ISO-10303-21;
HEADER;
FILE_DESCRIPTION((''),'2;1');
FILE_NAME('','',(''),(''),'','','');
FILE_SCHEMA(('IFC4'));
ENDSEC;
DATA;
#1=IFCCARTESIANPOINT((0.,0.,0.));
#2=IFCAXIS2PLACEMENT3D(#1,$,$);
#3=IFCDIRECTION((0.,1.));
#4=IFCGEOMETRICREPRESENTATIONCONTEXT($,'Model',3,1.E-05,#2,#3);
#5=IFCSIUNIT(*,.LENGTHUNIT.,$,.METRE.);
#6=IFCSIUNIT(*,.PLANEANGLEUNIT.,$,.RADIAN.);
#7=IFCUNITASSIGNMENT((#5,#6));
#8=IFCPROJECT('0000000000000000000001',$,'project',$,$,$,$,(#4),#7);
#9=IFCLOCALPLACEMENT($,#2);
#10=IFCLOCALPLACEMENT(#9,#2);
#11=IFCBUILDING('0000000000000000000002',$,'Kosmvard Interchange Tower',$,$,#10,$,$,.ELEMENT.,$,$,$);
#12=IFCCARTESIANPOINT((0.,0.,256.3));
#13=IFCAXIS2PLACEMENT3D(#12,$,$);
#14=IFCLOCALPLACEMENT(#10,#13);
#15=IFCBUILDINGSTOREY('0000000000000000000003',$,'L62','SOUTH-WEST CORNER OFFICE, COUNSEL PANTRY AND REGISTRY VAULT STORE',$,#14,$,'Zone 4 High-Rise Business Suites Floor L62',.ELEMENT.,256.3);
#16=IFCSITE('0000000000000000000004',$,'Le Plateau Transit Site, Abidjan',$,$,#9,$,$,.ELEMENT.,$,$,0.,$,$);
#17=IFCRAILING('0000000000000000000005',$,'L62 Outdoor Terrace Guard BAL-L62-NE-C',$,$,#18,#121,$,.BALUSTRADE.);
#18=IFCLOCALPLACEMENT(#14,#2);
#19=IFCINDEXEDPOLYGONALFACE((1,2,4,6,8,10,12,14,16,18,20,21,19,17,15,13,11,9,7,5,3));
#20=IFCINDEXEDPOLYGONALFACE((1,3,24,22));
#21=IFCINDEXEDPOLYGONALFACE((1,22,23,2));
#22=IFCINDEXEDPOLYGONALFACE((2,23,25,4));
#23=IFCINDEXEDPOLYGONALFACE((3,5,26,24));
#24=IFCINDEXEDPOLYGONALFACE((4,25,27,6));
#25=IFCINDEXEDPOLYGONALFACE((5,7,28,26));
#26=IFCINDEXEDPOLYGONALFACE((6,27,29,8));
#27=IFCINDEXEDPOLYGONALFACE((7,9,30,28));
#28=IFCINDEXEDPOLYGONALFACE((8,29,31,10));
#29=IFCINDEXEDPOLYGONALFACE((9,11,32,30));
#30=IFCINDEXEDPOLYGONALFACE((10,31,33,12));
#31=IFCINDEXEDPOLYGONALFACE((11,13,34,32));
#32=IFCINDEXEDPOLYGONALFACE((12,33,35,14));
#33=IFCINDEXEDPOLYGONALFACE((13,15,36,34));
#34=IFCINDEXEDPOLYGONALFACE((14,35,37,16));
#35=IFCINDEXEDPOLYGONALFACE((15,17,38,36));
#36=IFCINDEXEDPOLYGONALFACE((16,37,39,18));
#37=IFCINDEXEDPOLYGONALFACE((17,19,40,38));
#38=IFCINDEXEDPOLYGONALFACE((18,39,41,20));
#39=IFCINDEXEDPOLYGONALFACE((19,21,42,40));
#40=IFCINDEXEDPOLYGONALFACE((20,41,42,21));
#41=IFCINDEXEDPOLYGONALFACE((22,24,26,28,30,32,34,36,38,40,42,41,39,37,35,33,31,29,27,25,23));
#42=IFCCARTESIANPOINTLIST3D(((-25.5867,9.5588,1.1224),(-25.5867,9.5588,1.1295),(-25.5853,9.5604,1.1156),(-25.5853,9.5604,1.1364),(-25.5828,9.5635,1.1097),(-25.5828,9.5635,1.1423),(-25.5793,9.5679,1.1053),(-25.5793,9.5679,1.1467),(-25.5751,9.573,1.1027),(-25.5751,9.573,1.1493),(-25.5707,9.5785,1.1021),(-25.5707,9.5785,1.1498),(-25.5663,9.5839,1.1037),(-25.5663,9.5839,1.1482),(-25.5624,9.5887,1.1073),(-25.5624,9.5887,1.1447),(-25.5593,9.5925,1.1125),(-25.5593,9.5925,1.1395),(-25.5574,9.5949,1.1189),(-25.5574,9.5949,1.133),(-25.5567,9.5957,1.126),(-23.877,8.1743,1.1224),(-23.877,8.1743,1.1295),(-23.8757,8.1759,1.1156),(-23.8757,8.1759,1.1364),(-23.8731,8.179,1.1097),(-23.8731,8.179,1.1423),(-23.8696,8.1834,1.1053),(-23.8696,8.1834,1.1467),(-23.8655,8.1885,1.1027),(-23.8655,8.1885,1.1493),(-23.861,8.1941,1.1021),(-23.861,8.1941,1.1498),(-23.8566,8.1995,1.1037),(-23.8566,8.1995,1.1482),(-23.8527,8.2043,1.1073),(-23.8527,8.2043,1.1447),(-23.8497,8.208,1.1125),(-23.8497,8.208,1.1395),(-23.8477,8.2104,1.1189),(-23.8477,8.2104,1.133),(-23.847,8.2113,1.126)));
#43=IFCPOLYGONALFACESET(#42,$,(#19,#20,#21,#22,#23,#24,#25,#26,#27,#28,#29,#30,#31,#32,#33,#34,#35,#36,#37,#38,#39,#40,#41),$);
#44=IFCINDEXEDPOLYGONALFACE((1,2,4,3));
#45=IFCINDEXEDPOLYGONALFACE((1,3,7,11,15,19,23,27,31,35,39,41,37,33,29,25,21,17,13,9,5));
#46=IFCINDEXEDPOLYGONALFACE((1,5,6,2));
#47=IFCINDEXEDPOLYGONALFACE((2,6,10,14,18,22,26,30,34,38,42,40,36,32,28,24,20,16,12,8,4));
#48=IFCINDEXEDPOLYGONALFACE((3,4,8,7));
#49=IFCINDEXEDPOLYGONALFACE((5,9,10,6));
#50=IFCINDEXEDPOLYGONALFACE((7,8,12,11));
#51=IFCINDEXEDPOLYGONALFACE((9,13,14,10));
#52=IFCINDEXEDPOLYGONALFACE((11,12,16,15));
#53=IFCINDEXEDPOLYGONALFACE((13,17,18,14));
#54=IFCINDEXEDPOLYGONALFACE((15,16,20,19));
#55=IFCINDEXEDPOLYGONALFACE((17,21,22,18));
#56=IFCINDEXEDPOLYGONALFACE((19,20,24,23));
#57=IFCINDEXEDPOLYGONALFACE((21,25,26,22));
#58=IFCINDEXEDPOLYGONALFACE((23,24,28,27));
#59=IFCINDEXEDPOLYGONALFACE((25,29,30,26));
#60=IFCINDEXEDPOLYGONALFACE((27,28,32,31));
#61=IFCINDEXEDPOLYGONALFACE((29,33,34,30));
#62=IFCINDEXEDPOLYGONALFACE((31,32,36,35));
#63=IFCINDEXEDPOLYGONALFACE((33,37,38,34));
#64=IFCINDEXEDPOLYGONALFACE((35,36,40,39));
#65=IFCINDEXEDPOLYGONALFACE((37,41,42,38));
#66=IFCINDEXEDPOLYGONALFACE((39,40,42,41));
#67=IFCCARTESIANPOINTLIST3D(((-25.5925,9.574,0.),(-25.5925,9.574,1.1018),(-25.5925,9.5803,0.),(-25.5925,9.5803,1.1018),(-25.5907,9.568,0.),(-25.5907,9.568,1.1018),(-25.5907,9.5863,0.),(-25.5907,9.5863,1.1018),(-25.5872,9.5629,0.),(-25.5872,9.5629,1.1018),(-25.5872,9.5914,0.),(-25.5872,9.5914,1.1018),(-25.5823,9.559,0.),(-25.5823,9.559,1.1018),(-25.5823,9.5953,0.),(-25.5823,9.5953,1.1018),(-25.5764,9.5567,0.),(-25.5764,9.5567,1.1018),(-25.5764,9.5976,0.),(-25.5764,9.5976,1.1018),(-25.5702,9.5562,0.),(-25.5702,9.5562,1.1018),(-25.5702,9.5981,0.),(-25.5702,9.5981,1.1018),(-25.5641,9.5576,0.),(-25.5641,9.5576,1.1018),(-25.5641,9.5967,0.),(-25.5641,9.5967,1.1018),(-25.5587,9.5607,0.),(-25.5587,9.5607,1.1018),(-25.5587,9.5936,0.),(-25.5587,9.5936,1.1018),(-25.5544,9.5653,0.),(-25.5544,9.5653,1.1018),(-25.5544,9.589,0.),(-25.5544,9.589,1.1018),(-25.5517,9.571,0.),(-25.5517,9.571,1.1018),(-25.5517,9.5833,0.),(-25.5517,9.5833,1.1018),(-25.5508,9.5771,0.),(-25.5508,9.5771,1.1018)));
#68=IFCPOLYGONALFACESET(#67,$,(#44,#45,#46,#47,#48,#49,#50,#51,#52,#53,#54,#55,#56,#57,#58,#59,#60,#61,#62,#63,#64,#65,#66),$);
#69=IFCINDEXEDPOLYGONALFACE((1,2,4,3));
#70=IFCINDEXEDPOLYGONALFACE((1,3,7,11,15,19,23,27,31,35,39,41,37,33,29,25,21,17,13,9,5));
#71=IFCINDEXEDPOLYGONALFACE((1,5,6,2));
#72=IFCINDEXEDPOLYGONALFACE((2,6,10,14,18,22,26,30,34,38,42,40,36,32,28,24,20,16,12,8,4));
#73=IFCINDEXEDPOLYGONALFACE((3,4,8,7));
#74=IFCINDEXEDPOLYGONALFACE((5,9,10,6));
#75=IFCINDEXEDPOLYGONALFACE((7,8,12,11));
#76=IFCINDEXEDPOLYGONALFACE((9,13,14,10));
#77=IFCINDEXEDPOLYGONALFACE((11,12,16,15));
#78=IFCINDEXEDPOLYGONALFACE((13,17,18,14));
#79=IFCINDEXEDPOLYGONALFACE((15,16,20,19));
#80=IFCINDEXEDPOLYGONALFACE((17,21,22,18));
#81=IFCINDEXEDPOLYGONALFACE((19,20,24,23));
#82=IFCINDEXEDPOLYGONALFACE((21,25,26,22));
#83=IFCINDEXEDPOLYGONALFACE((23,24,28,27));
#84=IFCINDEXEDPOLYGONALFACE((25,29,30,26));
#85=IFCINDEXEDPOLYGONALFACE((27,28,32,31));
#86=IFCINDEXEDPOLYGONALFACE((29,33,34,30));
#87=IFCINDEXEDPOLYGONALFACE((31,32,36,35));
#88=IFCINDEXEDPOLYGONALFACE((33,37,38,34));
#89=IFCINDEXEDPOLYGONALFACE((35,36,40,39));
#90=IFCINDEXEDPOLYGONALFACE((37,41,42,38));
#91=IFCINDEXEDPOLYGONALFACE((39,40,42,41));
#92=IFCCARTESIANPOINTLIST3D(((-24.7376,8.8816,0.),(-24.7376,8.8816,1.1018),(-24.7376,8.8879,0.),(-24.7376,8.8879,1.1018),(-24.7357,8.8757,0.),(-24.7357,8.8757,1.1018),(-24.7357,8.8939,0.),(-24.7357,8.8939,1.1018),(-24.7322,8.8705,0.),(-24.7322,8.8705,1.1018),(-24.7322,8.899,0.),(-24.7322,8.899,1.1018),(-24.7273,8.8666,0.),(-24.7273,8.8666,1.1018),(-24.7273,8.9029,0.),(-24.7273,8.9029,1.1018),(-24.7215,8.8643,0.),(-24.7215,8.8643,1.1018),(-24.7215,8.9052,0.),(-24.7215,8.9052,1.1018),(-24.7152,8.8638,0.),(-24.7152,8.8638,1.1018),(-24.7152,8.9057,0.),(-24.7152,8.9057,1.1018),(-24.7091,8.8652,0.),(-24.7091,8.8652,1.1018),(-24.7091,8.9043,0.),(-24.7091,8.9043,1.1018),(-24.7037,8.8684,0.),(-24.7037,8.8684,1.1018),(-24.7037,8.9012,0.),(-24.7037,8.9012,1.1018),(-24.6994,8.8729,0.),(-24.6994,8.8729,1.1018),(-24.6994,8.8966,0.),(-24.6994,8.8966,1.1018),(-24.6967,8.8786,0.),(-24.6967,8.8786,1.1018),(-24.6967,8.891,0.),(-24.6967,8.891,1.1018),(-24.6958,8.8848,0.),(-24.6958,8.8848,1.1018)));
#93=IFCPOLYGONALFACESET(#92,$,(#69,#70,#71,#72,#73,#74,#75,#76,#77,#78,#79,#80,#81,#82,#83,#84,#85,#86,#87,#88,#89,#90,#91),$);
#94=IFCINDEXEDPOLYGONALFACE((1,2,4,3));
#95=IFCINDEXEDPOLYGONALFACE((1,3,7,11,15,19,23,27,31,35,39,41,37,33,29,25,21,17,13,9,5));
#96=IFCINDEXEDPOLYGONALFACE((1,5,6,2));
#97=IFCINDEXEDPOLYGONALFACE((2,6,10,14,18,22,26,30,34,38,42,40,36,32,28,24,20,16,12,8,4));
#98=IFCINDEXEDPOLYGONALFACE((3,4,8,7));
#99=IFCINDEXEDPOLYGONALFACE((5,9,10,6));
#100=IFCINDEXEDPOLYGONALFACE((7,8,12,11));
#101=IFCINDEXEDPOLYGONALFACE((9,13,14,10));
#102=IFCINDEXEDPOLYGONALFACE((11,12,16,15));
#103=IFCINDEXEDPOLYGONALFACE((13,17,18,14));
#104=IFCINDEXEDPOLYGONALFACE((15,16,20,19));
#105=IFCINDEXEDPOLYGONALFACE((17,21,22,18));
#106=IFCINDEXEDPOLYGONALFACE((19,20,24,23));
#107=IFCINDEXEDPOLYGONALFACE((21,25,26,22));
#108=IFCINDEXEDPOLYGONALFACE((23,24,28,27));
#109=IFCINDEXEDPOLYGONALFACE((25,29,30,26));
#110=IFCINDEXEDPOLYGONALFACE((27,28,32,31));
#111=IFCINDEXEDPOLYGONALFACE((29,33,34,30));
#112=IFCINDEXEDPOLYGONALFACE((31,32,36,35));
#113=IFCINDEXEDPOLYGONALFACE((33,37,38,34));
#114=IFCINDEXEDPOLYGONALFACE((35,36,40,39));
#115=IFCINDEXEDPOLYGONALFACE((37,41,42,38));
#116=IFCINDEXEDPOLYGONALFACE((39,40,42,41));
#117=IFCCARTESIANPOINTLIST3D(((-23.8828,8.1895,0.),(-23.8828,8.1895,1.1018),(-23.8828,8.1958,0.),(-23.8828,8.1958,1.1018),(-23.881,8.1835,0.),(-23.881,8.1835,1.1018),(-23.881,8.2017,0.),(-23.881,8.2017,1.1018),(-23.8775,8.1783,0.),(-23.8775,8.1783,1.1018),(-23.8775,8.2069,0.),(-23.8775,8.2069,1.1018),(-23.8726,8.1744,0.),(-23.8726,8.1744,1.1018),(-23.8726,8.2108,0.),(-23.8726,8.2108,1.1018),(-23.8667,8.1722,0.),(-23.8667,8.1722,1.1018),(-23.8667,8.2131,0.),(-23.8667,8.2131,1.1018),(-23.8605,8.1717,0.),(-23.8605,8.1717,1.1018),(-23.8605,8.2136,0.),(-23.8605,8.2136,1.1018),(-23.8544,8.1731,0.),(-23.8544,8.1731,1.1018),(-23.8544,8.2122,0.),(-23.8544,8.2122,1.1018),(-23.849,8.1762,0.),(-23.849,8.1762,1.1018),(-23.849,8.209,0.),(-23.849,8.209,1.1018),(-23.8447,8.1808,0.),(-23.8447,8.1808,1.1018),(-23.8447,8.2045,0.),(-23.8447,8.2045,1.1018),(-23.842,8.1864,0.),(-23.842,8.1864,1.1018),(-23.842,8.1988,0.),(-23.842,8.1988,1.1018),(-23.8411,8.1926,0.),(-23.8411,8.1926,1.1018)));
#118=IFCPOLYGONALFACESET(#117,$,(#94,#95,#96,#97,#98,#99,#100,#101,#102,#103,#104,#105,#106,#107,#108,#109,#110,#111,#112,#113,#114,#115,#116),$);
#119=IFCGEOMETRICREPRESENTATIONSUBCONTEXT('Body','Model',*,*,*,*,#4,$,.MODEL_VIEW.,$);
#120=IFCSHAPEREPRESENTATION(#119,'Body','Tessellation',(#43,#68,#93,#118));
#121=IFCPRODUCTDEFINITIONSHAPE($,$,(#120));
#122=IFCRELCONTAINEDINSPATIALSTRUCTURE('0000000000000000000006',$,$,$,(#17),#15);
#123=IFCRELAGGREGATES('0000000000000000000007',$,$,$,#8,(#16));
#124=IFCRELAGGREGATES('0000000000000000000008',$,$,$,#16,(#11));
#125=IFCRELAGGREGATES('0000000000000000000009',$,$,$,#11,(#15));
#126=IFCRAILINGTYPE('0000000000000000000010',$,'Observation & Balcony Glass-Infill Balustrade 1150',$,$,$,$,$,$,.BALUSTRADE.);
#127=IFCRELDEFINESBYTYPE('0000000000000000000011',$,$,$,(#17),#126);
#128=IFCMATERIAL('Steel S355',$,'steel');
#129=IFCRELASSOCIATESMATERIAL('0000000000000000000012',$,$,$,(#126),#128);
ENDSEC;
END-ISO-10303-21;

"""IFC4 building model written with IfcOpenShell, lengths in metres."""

from ifc_helpers import new_model, si_unit, direction, frame, origin, origin_2d, place, context, subcontext, project, spatial, circle, extrude, source, transform, mapped, material, type_object, element, save


model = new_model("IFC4")

# Units and contexts
model_context = context("Model", 3, precision=1e-05, world=origin(), true_north=direction((0.0, 1.0)))
body_context = subcontext(model_context, "Body", "Model", "MODEL_VIEW")
ifc_project = project(units=[si_unit("LENGTHUNIT", "METRE"), si_unit("PLANEANGLEUNIT", "RADIAN")], contexts=[model_context])

# Site, building, storey
site_placement = place(None, origin())
site = spatial("IfcSite", under=ifc_project, at=site_placement, Name="Le Plateau Transit Site, Abidjan", CompositionType="ELEMENT", RefElevation=0.0)
building_placement = place(site_placement, origin())
building = spatial("IfcBuilding", under=site, at=building_placement, Name="Kosmvard Interchange Tower", CompositionType="ELEMENT")
storey_placement = place(building_placement, frame((0.0, 0.0, 256.3)))
storey = spatial("IfcBuildingStorey", under=building, at=storey_placement, Name="L62", Description="SOUTH-WEST CORNER OFFICE, COUNSEL PANTRY AND REGISTRY VAULT STORE", LongName="Zone 4 High-Rise Business Suites Floor L62", CompositionType="ELEMENT", Elevation=256.3)

# Shared definitions
ifc_material_1 = material(Name="Steel S355", Category="steel")

# Railing
railing_type = type_object("IfcRailingType", Name="Observation & Balcony Glass-Infill Balustrade 1150", PredefinedType="BALUSTRADE", material=ifc_material_1)
shared_shape_1 = source(origin(), body_context, "Body", "SweptSolid", [
    extrude(circle(Radius=0.0239, at=origin_2d()), frame((0.0, 0.0, 1.126), z_axis=(0.777141, -0.629326, 0.0), x_axis=(0.629326, 0.777141, 0.0)), (0.0, 0.0, 1.0), 2.2),
    extrude(circle(Radius=0.021, at=origin_2d()), origin(), (0.0, 0.0, 1.0), 1.1018),
    extrude(circle(Radius=0.021, at=origin_2d()), frame((0.855, -0.6924, 0.0)), (0.0, 0.0, 1.0), 1.1018),
    extrude(circle(Radius=0.021, at=origin_2d()), frame((1.7097, -1.3845, 0.0)), (0.0, 0.0, 1.0), 1.1018),
])
railing_1_placement = place(storey_placement, frame((-25.5718, 9.5771, 0.0)))
element("IfcRailing", 1, at=railing_1_placement, inside=storey, type_object=railing_type, Name="L62 Outdoor Terrace Guard BAL-L62-NE-C", PredefinedType="BALUSTRADE", context=body_context, shape_type="MappedRepresentation", body=[
    mapped(shared_shape_1, transform((0.0, 0.0, 0.0), scale=1.0)),
])

save(model, "model.ifc")
